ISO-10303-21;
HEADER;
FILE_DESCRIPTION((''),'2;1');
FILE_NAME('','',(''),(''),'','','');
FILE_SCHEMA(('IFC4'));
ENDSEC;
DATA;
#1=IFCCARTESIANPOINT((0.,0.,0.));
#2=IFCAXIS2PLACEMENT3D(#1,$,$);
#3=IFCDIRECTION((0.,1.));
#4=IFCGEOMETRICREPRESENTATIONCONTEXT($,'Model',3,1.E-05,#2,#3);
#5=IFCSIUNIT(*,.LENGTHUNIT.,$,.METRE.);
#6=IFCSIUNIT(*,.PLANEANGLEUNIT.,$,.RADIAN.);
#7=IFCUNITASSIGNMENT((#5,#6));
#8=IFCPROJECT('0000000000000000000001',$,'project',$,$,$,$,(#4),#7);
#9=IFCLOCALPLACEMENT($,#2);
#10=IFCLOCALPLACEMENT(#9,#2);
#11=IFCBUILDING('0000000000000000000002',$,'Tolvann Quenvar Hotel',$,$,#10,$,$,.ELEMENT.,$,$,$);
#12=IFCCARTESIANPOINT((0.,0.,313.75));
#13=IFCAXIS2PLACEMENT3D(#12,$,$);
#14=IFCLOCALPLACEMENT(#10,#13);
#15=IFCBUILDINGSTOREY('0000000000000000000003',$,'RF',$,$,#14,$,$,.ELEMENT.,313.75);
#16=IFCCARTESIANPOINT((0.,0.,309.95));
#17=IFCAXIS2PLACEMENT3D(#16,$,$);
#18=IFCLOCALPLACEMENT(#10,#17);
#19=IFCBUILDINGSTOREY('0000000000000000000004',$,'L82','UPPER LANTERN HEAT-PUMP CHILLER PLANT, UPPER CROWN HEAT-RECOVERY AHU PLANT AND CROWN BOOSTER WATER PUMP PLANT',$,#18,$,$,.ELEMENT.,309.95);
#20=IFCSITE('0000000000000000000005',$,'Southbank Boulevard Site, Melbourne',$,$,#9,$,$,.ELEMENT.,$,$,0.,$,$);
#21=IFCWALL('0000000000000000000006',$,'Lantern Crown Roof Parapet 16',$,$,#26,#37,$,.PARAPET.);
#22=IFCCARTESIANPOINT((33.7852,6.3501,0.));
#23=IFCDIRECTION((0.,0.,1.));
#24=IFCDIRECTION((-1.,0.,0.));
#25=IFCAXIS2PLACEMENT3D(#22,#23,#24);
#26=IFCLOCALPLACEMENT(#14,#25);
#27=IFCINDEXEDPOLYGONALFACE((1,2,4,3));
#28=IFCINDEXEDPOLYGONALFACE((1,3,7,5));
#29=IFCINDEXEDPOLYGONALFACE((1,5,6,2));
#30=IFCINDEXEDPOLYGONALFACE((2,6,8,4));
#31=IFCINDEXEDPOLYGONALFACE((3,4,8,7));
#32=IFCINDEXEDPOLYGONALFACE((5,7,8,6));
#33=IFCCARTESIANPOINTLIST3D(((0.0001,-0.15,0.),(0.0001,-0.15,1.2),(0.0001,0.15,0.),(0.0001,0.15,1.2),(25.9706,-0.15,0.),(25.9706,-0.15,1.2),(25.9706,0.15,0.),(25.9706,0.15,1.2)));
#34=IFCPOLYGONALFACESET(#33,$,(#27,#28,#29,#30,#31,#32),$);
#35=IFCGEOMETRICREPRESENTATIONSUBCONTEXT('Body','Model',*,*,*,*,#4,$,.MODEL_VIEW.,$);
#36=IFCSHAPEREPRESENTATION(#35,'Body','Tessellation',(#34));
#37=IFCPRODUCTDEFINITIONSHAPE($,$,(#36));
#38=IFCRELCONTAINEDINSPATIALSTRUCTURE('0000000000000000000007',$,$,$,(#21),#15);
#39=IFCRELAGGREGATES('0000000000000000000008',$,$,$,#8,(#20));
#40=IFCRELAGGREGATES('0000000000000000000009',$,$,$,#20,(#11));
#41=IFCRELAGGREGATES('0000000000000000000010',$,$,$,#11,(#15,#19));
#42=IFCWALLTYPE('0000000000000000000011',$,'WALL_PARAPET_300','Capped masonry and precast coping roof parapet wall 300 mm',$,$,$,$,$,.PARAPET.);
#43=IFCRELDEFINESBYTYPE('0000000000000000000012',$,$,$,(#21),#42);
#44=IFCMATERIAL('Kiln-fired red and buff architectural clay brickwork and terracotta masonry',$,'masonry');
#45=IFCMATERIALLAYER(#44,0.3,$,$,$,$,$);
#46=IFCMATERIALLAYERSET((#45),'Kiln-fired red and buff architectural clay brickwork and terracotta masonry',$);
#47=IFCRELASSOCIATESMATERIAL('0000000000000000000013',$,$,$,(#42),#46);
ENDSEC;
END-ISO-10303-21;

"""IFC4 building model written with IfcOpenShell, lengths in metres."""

from ifc_helpers import new_model, si_unit, direction, frame, frame_2d, origin, place, context, subcontext, project, spatial, rectangle, extrude, material, layer, layer_set, type_object, element, save


model = new_model("IFC4")

# Units and contexts
model_context = context("Model", 3, precision=1e-05, world=origin(), true_north=direction((0.0, 1.0)))
body_context = subcontext(model_context, "Body", "Model", "MODEL_VIEW")
ifc_project = project(units=[si_unit("LENGTHUNIT", "METRE"), si_unit("PLANEANGLEUNIT", "RADIAN")], contexts=[model_context])

# Site, building, storey
site_placement = place(None, origin())
site = spatial("IfcSite", under=ifc_project, at=site_placement, Name="Southbank Boulevard Site, Melbourne", CompositionType="ELEMENT", RefElevation=0.0)
building_placement = place(site_placement, origin())
building = spatial("IfcBuilding", under=site, at=building_placement, Name="Tolvann Quenvar Hotel", CompositionType="ELEMENT")
storey_1_placement = place(building_placement, frame((0.0, 0.0, 313.75)))
storey_1 = spatial("IfcBuildingStorey", under=building, at=storey_1_placement, Name="RF", CompositionType="ELEMENT", Elevation=313.75)

# Shared definitions
storey_2_placement = place(building_placement, frame((0.0, 0.0, 309.95)))
storey_2 = spatial("IfcBuildingStorey", under=building, at=storey_2_placement, Name="L82", Description="UPPER LANTERN HEAT-PUMP CHILLER PLANT, UPPER CROWN HEAT-RECOVERY AHU PLANT AND CROWN BOOSTER WATER PUMP PLANT", CompositionType="ELEMENT", Elevation=309.95)

# Wall
ifc_material_1 = material(Name="Kiln-fired red and buff architectural clay brickwork and terracotta masonry", Category="masonry")
ifc_layer_1 = layer(ifc_material_1, 0.3)
ifc_layer_set_1 = layer_set([ifc_layer_1], Name="Kiln-fired red and buff architectural clay brickwork and terracotta masonry")
wall_type = type_object("IfcWallType", Name="WALL_PARAPET_300", Description="Capped masonry and precast coping roof parapet wall 300 mm", PredefinedType="PARAPET", material=ifc_layer_set_1)
wall_1_placement = place(storey_1_placement, frame((33.7852, 6.3501, 0.0), z_axis=(0.0, 0.0, 1.0), x_axis=(-1.0, 0.0, 0.0)))
element("IfcWall", 1, at=wall_1_placement, inside=storey_1, type_object=wall_type, Name="Lantern Crown Roof Parapet 16", PredefinedType="PARAPET", context=body_context, shape_type="SweptSolid", body=[
    extrude(rectangle(XDim=25.9705, YDim=0.3, at=frame_2d((12.9854, 0.0))), origin(), (0.0, 0.0, 1.0), 1.2),
])

save(model, "model.ifc")
